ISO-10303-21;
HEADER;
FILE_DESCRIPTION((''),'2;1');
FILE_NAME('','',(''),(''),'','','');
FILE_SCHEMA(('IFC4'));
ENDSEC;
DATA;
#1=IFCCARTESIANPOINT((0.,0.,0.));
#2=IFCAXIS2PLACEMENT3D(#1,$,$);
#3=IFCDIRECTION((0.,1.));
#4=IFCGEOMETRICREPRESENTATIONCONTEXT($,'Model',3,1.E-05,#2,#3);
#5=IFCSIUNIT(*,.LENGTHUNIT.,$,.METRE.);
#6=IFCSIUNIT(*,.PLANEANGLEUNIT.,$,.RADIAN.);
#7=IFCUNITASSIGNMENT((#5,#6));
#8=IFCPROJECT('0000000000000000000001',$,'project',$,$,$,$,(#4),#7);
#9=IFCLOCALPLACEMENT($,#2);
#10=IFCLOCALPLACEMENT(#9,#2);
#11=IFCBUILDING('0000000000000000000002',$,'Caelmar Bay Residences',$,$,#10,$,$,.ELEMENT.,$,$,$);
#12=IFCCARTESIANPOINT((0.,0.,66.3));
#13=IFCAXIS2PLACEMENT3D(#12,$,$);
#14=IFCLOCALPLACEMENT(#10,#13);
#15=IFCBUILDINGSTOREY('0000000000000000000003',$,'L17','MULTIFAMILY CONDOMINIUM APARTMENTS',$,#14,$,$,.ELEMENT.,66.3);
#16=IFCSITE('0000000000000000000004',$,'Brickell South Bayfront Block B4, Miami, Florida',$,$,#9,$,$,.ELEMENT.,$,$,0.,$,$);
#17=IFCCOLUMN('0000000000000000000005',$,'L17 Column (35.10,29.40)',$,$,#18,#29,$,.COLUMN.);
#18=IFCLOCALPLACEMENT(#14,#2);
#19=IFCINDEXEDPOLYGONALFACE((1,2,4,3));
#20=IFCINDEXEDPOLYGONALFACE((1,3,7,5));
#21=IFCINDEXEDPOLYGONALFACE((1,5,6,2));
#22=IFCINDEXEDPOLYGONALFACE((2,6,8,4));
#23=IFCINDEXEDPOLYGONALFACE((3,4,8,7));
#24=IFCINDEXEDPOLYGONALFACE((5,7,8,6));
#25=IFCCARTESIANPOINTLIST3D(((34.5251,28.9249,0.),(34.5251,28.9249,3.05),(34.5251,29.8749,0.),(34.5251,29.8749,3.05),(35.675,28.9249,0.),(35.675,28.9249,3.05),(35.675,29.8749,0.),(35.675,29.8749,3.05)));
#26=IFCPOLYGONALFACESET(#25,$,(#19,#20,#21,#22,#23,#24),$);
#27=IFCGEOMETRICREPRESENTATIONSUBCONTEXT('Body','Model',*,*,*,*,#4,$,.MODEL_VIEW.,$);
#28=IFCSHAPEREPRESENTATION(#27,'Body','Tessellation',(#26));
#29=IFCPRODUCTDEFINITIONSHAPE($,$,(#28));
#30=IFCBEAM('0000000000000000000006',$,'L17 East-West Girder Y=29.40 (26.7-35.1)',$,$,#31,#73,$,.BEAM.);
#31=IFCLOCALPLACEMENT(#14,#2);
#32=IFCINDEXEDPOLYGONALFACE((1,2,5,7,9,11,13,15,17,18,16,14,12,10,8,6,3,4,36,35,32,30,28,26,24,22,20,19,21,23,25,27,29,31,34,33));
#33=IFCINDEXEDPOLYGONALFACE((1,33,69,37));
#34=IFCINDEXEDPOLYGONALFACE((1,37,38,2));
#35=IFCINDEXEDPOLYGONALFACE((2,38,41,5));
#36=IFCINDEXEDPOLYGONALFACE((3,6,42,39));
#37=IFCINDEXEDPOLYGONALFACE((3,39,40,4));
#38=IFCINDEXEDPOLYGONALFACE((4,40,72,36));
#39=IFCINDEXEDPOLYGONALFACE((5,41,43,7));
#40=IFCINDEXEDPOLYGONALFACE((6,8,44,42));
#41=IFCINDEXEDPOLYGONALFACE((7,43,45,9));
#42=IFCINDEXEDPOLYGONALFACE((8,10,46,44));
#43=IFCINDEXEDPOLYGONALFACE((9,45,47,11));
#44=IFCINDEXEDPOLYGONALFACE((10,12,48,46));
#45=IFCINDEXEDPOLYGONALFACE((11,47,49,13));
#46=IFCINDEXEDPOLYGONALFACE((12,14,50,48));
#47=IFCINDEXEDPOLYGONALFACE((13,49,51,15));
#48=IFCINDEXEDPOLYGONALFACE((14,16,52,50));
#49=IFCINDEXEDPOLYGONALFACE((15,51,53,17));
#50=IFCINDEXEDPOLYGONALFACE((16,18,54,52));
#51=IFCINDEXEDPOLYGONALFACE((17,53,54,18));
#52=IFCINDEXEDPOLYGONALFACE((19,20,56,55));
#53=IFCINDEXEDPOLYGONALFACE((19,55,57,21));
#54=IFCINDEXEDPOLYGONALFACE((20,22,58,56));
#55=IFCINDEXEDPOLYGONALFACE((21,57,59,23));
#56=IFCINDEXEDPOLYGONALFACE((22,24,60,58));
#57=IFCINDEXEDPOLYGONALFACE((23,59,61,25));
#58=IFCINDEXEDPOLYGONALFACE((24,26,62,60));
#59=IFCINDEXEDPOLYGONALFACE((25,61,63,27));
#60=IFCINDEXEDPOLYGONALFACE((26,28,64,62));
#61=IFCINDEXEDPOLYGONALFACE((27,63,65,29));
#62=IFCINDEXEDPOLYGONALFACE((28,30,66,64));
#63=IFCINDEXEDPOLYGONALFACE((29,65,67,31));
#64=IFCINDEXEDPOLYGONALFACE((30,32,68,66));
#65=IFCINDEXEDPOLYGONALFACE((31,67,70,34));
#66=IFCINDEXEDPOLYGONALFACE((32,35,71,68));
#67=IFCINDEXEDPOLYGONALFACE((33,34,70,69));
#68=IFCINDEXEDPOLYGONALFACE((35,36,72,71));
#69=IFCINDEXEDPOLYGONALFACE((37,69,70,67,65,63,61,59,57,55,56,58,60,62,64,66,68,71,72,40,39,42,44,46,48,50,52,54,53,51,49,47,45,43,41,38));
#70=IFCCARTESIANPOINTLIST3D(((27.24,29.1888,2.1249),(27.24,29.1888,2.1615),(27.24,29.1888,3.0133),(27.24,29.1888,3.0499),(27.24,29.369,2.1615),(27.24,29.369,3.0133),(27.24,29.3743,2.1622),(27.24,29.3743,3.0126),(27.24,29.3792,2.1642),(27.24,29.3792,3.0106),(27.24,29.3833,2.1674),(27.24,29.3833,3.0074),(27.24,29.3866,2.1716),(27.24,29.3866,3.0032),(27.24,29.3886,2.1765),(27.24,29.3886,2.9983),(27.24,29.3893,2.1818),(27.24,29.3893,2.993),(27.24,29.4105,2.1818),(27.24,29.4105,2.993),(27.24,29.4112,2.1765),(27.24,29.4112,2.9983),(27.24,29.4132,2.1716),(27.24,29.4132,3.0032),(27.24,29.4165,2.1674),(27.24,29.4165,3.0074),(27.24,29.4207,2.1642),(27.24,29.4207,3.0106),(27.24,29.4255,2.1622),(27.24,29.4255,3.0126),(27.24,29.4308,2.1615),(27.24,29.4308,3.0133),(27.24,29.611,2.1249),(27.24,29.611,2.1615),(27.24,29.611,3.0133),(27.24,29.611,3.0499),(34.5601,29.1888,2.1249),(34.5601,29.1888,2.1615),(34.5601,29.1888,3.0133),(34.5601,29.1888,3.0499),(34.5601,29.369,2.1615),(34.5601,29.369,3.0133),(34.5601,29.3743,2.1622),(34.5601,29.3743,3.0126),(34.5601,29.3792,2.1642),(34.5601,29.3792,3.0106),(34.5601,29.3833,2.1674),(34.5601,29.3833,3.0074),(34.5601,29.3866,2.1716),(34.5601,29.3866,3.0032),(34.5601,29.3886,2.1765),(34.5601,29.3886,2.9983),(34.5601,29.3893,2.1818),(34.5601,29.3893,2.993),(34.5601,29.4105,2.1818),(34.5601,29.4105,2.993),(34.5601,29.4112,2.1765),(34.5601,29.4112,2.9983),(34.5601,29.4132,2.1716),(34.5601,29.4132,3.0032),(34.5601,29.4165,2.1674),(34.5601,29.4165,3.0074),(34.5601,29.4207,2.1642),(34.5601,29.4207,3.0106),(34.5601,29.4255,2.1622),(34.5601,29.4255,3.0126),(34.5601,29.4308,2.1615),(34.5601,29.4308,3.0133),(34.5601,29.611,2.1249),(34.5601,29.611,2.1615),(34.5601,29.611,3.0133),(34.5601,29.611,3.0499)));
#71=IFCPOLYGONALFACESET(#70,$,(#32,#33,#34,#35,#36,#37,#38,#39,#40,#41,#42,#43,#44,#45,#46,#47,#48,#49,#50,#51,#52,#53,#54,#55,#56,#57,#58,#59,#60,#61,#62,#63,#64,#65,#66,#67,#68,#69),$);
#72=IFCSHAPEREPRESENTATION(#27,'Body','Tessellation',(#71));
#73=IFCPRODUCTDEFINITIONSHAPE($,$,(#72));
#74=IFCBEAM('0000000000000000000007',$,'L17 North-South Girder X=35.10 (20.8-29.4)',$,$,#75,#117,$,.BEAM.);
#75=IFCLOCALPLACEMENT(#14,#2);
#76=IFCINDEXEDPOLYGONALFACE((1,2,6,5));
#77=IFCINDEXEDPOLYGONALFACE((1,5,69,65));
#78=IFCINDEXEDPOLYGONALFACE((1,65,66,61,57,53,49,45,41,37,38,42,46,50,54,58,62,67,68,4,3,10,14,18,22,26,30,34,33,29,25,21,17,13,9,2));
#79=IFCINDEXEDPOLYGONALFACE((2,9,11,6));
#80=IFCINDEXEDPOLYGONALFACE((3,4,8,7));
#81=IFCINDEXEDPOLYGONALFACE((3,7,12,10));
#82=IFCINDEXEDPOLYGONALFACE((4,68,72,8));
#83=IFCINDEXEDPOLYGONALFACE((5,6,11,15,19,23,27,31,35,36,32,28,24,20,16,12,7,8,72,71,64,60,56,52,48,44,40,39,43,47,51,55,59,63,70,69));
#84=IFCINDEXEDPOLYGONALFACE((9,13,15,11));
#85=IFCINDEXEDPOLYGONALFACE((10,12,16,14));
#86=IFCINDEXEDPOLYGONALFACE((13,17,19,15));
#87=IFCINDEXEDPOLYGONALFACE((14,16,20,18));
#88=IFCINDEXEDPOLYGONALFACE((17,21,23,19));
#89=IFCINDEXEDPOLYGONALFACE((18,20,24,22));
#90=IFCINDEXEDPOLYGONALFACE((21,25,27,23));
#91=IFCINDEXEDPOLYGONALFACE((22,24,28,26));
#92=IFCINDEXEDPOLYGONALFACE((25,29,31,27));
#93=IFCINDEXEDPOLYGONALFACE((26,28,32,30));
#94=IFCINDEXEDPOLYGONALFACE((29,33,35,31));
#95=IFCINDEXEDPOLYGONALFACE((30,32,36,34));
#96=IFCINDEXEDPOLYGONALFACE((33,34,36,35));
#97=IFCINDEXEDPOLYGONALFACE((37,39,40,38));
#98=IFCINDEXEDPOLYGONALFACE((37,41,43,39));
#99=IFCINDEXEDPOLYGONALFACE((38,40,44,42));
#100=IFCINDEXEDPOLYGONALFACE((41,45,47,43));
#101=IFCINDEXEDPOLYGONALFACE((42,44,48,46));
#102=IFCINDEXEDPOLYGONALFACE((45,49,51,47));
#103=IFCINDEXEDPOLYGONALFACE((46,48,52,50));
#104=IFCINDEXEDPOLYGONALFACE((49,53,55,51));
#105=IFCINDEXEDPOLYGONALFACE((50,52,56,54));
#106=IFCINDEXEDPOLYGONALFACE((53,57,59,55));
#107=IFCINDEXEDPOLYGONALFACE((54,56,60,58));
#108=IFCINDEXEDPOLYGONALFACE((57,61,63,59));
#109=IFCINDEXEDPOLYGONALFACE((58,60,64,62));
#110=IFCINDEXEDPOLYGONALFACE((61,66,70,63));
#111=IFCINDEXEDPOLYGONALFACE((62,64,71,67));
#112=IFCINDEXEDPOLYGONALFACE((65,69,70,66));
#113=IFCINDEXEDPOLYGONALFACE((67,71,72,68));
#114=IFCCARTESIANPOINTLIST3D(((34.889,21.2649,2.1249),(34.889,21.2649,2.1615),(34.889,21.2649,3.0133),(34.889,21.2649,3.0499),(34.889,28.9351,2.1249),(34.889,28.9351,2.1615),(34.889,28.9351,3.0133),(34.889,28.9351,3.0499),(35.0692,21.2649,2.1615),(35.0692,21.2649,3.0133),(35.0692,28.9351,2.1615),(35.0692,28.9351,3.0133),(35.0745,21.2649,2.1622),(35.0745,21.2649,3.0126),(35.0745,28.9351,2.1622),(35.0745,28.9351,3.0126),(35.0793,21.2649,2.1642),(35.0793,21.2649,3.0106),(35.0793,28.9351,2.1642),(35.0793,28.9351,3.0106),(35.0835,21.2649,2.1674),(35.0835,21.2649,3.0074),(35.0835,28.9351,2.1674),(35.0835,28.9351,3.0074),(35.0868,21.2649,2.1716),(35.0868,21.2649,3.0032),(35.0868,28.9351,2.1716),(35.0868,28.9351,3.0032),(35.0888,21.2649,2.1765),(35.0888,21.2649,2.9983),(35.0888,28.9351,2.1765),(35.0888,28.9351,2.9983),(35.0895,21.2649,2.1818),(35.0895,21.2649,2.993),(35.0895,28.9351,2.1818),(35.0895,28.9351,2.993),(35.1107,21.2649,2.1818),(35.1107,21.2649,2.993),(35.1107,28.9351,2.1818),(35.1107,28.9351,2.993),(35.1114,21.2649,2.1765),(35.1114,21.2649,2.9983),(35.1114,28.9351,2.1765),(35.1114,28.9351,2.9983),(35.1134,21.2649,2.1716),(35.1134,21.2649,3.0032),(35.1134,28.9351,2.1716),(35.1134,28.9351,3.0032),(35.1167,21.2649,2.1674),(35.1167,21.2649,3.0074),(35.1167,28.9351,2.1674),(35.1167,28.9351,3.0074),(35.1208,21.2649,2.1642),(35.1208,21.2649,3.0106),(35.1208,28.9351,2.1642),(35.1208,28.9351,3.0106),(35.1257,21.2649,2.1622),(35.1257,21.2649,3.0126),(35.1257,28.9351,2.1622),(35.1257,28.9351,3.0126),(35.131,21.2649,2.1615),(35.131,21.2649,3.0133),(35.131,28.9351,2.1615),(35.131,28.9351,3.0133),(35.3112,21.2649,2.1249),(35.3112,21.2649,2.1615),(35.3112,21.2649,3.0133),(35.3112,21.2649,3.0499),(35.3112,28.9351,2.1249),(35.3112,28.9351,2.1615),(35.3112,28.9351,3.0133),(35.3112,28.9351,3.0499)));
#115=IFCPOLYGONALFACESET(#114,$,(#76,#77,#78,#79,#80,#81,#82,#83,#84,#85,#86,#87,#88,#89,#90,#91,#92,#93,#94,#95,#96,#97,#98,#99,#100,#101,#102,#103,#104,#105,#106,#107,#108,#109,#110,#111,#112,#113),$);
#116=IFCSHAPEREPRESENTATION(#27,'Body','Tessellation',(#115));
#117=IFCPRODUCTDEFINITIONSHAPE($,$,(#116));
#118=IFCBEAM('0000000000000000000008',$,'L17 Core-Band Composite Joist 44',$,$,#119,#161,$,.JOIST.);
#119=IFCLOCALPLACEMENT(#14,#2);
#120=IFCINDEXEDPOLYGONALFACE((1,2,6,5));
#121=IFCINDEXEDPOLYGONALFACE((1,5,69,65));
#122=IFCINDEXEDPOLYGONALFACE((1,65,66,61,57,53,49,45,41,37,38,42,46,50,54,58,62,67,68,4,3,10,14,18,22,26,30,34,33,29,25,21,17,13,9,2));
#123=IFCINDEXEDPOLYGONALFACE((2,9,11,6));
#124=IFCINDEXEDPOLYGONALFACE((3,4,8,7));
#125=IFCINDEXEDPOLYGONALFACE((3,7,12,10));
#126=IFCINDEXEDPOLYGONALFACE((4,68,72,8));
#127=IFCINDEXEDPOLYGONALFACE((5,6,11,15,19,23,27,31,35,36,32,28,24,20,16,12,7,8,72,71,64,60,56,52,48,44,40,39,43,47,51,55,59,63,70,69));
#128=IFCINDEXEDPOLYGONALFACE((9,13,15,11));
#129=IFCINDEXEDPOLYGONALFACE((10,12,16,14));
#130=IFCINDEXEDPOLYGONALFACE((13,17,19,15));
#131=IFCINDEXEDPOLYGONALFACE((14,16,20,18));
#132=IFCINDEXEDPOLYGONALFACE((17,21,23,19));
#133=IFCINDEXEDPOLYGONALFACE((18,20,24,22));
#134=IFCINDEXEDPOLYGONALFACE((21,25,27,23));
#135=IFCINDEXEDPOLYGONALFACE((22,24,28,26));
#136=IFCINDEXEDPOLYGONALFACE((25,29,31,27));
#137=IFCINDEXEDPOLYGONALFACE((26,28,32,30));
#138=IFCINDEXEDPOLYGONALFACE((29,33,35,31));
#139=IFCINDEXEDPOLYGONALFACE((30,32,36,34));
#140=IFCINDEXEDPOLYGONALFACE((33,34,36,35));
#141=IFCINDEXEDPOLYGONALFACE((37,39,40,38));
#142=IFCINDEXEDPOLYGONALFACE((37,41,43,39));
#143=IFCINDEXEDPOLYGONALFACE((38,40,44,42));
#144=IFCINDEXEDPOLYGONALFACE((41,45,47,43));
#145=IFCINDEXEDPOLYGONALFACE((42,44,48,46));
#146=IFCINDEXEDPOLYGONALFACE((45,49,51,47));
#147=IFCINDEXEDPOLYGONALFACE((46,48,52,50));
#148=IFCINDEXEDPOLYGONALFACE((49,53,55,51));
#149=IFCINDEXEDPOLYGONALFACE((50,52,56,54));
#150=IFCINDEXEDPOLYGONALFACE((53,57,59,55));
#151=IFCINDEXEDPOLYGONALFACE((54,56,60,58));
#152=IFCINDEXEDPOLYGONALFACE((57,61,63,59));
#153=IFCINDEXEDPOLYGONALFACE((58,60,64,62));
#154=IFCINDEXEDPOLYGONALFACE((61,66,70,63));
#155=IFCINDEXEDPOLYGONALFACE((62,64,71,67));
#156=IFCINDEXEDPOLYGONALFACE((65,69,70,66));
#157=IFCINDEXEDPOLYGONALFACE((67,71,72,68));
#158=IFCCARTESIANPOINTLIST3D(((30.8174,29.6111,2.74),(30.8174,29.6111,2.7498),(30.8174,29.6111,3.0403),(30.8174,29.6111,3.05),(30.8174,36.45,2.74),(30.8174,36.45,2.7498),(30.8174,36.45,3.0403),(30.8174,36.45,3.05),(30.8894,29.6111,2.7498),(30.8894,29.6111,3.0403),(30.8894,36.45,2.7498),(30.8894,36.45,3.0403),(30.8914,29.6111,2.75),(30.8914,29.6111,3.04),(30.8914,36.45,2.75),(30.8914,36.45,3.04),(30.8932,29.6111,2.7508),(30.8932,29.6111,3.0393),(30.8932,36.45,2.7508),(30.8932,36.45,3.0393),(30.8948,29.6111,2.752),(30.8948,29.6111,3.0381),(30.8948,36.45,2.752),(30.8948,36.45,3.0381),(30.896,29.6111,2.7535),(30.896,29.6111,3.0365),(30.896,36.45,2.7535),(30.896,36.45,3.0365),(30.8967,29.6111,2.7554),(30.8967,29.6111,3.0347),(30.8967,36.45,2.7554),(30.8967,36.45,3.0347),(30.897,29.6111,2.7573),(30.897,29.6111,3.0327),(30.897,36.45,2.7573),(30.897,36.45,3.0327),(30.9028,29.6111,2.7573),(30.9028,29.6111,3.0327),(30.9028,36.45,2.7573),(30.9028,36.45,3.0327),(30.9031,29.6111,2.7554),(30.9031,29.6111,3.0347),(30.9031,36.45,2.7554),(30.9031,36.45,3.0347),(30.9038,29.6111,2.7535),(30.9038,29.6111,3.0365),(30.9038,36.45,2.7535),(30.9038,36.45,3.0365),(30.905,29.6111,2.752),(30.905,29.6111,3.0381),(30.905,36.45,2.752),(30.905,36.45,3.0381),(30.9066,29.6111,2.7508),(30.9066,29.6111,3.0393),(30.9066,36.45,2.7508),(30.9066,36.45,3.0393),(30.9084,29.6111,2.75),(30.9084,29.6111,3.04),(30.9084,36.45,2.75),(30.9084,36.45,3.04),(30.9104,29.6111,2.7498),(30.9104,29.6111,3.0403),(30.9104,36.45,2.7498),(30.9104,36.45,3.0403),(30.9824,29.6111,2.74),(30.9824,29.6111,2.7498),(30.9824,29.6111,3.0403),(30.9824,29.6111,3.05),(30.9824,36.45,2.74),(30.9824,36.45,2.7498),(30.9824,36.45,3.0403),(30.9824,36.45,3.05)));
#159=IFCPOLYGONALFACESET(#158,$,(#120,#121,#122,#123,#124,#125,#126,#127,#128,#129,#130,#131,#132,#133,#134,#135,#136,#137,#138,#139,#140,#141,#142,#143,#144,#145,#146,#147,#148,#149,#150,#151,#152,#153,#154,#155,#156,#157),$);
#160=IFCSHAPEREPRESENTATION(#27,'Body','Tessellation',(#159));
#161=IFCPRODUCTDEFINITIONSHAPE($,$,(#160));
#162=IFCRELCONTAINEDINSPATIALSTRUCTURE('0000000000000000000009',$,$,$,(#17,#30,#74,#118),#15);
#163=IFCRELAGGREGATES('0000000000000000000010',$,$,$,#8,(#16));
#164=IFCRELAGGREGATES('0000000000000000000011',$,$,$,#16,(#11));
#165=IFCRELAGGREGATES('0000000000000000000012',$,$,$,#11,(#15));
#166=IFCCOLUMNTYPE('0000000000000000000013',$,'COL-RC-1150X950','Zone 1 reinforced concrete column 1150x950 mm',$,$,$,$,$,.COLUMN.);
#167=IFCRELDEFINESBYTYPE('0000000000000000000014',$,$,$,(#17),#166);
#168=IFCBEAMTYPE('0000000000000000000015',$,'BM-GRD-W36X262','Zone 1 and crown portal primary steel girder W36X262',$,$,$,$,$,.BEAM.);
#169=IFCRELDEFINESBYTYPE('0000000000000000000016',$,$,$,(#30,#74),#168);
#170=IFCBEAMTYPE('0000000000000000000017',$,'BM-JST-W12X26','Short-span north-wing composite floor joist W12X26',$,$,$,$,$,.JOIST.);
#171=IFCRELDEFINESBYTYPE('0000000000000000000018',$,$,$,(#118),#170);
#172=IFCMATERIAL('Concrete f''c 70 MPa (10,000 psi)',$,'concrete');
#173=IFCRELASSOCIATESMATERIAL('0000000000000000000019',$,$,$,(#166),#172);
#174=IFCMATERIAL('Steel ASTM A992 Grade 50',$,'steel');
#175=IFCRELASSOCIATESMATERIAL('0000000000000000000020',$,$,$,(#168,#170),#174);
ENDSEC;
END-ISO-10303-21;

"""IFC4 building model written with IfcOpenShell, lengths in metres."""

from ifc_helpers import new_model, si_unit, direction, frame, origin, origin_2d, place, context, subcontext, project, spatial, rectangle, i_section, extrude, material, material_profile, profile_set, type_object, element, save


model = new_model("IFC4")

# Units and contexts
model_context = context("Model", 3, precision=1e-05, world=origin(), true_north=direction((0.0, 1.0)))
body_context = subcontext(model_context, "Body", "Model", "MODEL_VIEW")
ifc_project = project(units=[si_unit("LENGTHUNIT", "METRE"), si_unit("PLANEANGLEUNIT", "RADIAN")], contexts=[model_context])

# Site, building, storey
site_placement = place(None, origin())
site = spatial("IfcSite", under=ifc_project, at=site_placement, Name="Brickell South Bayfront Block B4, Miami, Florida", CompositionType="ELEMENT", RefElevation=0.0)
building_placement = place(site_placement, origin())
building = spatial("IfcBuilding", under=site, at=building_placement, Name="Caelmar Bay Residences", CompositionType="ELEMENT")
storey_placement = place(building_placement, frame((0.0, 0.0, 66.3)))
storey = spatial("IfcBuildingStorey", under=building, at=storey_placement, Name="L17", Description="MULTIFAMILY CONDOMINIUM APARTMENTS", CompositionType="ELEMENT", Elevation=66.3)

# Column
ifc_material_1 = material(Name="Concrete f'c 70 MPa (10,000 psi)", Category="concrete")
ifc_material_profile_1 = material_profile(ifc_material_1, rectangle(XDim=1.1499, YDim=0.95, at=origin_2d()), Name="RC-COL-1150X950")
ifc_profile_set_1 = profile_set([ifc_material_profile_1], Name="Concrete f'c 70 MPa (10,000 psi)")
column_type = type_object("IfcColumnType", Name="COL-RC-1150X950", Description="Zone 1 reinforced concrete column 1150x950 mm", PredefinedType="COLUMN", material=ifc_profile_set_1)
column_placement = place(storey_placement, frame((35.1001, 29.3999, 0.0), z_axis=(0.0, 0.0, 1.0), x_axis=(1.0, 0.0, 0.0)))
element("IfcColumn", 1, at=column_placement, inside=storey, type_object=column_type, Name="L17 Column (35.10,29.40)", PredefinedType="COLUMN", context=body_context, shape_type="SweptSolid", body=[
    extrude(rectangle(XDim=1.1499, YDim=0.95, at=origin_2d()), origin(), (0.0, 0.0, 1.0), 3.05),
])

# Beams
ifc_material_2 = material(Name="Steel ASTM A992 Grade 50", Category="steel")
ifc_material_profile_2 = material_profile(ifc_material_2, i_section(OverallWidth=0.4221, OverallDepth=0.925, WebThickness=0.0212, FlangeThickness=0.0366, FilletRadius=0.0203, at=origin_2d()), Name="W36X262")
ifc_profile_set_2 = profile_set([ifc_material_profile_2], Name="Steel ASTM A992 Grade 50")
beam_type_1 = type_object("IfcBeamType", Name="BM-GRD-W36X262", Description="Zone 1 and crown portal primary steel girder W36X262", PredefinedType="BEAM", material=ifc_profile_set_2)
beam_1_placement = place(storey_placement, frame((27.24, 29.3999, 2.5874), z_axis=(1.0, 0.0, 0.0), x_axis=(0.0, 1.0, 0.0)))
element("IfcBeam", 2, at=beam_1_placement, inside=storey, type_object=beam_type_1, Name="L17 East-West Girder Y=29.40 (26.7-35.1)", PredefinedType="BEAM", context=body_context, shape_type="SweptSolid", body=[
    extrude(i_section(OverallWidth=0.4221, OverallDepth=0.925, WebThickness=0.0212, FlangeThickness=0.0366, FilletRadius=0.0203, at=origin_2d()), origin(), (0.0, 0.0, 1.0), 7.3201),
])
beam_2_placement = place(storey_placement, frame((35.1001, 21.2649, 2.5874), z_axis=(0.0, 1.0, 0.0), x_axis=(-1.0, 0.0, 0.0)))
element("IfcBeam", 3, at=beam_2_placement, inside=storey, type_object=beam_type_1, Name="L17 North-South Girder X=35.10 (20.8-29.4)", PredefinedType="BEAM", context=body_context, shape_type="SweptSolid", body=[
    extrude(i_section(OverallWidth=0.4221, OverallDepth=0.925, WebThickness=0.0212, FlangeThickness=0.0366, FilletRadius=0.0203, at=origin_2d()), origin(), (0.0, 0.0, 1.0), 7.6702),
])
ifc_material_profile_3 = material_profile(ifc_material_2, i_section(OverallWidth=0.165, OverallDepth=0.3101, WebThickness=0.0059, FlangeThickness=0.0098, FilletRadius=0.0076, at=origin_2d()), Name="W12X26")
ifc_profile_set_3 = profile_set([ifc_material_profile_3], Name="Steel ASTM A992 Grade 50")
beam_type_2 = type_object("IfcBeamType", Name="BM-JST-W12X26", Description="Short-span north-wing composite floor joist W12X26", PredefinedType="JOIST", material=ifc_profile_set_3)
beam_3_placement = place(storey_placement, frame((30.8999, 29.6111, 2.895), z_axis=(0.0, 1.0, 0.0), x_axis=(-1.0, 0.0, 0.0)))
element("IfcBeam", 4, at=beam_3_placement, inside=storey, type_object=beam_type_2, Name="L17 Core-Band Composite Joist 44", PredefinedType="JOIST", context=body_context, shape_type="SweptSolid", body=[
    extrude(i_section(OverallWidth=0.165, OverallDepth=0.3101, WebThickness=0.0059, FlangeThickness=0.0098, FilletRadius=0.0076, at=origin_2d()), origin(), (0.0, 0.0, 1.0), 6.8389),
])

save(model, "model.ifc")
